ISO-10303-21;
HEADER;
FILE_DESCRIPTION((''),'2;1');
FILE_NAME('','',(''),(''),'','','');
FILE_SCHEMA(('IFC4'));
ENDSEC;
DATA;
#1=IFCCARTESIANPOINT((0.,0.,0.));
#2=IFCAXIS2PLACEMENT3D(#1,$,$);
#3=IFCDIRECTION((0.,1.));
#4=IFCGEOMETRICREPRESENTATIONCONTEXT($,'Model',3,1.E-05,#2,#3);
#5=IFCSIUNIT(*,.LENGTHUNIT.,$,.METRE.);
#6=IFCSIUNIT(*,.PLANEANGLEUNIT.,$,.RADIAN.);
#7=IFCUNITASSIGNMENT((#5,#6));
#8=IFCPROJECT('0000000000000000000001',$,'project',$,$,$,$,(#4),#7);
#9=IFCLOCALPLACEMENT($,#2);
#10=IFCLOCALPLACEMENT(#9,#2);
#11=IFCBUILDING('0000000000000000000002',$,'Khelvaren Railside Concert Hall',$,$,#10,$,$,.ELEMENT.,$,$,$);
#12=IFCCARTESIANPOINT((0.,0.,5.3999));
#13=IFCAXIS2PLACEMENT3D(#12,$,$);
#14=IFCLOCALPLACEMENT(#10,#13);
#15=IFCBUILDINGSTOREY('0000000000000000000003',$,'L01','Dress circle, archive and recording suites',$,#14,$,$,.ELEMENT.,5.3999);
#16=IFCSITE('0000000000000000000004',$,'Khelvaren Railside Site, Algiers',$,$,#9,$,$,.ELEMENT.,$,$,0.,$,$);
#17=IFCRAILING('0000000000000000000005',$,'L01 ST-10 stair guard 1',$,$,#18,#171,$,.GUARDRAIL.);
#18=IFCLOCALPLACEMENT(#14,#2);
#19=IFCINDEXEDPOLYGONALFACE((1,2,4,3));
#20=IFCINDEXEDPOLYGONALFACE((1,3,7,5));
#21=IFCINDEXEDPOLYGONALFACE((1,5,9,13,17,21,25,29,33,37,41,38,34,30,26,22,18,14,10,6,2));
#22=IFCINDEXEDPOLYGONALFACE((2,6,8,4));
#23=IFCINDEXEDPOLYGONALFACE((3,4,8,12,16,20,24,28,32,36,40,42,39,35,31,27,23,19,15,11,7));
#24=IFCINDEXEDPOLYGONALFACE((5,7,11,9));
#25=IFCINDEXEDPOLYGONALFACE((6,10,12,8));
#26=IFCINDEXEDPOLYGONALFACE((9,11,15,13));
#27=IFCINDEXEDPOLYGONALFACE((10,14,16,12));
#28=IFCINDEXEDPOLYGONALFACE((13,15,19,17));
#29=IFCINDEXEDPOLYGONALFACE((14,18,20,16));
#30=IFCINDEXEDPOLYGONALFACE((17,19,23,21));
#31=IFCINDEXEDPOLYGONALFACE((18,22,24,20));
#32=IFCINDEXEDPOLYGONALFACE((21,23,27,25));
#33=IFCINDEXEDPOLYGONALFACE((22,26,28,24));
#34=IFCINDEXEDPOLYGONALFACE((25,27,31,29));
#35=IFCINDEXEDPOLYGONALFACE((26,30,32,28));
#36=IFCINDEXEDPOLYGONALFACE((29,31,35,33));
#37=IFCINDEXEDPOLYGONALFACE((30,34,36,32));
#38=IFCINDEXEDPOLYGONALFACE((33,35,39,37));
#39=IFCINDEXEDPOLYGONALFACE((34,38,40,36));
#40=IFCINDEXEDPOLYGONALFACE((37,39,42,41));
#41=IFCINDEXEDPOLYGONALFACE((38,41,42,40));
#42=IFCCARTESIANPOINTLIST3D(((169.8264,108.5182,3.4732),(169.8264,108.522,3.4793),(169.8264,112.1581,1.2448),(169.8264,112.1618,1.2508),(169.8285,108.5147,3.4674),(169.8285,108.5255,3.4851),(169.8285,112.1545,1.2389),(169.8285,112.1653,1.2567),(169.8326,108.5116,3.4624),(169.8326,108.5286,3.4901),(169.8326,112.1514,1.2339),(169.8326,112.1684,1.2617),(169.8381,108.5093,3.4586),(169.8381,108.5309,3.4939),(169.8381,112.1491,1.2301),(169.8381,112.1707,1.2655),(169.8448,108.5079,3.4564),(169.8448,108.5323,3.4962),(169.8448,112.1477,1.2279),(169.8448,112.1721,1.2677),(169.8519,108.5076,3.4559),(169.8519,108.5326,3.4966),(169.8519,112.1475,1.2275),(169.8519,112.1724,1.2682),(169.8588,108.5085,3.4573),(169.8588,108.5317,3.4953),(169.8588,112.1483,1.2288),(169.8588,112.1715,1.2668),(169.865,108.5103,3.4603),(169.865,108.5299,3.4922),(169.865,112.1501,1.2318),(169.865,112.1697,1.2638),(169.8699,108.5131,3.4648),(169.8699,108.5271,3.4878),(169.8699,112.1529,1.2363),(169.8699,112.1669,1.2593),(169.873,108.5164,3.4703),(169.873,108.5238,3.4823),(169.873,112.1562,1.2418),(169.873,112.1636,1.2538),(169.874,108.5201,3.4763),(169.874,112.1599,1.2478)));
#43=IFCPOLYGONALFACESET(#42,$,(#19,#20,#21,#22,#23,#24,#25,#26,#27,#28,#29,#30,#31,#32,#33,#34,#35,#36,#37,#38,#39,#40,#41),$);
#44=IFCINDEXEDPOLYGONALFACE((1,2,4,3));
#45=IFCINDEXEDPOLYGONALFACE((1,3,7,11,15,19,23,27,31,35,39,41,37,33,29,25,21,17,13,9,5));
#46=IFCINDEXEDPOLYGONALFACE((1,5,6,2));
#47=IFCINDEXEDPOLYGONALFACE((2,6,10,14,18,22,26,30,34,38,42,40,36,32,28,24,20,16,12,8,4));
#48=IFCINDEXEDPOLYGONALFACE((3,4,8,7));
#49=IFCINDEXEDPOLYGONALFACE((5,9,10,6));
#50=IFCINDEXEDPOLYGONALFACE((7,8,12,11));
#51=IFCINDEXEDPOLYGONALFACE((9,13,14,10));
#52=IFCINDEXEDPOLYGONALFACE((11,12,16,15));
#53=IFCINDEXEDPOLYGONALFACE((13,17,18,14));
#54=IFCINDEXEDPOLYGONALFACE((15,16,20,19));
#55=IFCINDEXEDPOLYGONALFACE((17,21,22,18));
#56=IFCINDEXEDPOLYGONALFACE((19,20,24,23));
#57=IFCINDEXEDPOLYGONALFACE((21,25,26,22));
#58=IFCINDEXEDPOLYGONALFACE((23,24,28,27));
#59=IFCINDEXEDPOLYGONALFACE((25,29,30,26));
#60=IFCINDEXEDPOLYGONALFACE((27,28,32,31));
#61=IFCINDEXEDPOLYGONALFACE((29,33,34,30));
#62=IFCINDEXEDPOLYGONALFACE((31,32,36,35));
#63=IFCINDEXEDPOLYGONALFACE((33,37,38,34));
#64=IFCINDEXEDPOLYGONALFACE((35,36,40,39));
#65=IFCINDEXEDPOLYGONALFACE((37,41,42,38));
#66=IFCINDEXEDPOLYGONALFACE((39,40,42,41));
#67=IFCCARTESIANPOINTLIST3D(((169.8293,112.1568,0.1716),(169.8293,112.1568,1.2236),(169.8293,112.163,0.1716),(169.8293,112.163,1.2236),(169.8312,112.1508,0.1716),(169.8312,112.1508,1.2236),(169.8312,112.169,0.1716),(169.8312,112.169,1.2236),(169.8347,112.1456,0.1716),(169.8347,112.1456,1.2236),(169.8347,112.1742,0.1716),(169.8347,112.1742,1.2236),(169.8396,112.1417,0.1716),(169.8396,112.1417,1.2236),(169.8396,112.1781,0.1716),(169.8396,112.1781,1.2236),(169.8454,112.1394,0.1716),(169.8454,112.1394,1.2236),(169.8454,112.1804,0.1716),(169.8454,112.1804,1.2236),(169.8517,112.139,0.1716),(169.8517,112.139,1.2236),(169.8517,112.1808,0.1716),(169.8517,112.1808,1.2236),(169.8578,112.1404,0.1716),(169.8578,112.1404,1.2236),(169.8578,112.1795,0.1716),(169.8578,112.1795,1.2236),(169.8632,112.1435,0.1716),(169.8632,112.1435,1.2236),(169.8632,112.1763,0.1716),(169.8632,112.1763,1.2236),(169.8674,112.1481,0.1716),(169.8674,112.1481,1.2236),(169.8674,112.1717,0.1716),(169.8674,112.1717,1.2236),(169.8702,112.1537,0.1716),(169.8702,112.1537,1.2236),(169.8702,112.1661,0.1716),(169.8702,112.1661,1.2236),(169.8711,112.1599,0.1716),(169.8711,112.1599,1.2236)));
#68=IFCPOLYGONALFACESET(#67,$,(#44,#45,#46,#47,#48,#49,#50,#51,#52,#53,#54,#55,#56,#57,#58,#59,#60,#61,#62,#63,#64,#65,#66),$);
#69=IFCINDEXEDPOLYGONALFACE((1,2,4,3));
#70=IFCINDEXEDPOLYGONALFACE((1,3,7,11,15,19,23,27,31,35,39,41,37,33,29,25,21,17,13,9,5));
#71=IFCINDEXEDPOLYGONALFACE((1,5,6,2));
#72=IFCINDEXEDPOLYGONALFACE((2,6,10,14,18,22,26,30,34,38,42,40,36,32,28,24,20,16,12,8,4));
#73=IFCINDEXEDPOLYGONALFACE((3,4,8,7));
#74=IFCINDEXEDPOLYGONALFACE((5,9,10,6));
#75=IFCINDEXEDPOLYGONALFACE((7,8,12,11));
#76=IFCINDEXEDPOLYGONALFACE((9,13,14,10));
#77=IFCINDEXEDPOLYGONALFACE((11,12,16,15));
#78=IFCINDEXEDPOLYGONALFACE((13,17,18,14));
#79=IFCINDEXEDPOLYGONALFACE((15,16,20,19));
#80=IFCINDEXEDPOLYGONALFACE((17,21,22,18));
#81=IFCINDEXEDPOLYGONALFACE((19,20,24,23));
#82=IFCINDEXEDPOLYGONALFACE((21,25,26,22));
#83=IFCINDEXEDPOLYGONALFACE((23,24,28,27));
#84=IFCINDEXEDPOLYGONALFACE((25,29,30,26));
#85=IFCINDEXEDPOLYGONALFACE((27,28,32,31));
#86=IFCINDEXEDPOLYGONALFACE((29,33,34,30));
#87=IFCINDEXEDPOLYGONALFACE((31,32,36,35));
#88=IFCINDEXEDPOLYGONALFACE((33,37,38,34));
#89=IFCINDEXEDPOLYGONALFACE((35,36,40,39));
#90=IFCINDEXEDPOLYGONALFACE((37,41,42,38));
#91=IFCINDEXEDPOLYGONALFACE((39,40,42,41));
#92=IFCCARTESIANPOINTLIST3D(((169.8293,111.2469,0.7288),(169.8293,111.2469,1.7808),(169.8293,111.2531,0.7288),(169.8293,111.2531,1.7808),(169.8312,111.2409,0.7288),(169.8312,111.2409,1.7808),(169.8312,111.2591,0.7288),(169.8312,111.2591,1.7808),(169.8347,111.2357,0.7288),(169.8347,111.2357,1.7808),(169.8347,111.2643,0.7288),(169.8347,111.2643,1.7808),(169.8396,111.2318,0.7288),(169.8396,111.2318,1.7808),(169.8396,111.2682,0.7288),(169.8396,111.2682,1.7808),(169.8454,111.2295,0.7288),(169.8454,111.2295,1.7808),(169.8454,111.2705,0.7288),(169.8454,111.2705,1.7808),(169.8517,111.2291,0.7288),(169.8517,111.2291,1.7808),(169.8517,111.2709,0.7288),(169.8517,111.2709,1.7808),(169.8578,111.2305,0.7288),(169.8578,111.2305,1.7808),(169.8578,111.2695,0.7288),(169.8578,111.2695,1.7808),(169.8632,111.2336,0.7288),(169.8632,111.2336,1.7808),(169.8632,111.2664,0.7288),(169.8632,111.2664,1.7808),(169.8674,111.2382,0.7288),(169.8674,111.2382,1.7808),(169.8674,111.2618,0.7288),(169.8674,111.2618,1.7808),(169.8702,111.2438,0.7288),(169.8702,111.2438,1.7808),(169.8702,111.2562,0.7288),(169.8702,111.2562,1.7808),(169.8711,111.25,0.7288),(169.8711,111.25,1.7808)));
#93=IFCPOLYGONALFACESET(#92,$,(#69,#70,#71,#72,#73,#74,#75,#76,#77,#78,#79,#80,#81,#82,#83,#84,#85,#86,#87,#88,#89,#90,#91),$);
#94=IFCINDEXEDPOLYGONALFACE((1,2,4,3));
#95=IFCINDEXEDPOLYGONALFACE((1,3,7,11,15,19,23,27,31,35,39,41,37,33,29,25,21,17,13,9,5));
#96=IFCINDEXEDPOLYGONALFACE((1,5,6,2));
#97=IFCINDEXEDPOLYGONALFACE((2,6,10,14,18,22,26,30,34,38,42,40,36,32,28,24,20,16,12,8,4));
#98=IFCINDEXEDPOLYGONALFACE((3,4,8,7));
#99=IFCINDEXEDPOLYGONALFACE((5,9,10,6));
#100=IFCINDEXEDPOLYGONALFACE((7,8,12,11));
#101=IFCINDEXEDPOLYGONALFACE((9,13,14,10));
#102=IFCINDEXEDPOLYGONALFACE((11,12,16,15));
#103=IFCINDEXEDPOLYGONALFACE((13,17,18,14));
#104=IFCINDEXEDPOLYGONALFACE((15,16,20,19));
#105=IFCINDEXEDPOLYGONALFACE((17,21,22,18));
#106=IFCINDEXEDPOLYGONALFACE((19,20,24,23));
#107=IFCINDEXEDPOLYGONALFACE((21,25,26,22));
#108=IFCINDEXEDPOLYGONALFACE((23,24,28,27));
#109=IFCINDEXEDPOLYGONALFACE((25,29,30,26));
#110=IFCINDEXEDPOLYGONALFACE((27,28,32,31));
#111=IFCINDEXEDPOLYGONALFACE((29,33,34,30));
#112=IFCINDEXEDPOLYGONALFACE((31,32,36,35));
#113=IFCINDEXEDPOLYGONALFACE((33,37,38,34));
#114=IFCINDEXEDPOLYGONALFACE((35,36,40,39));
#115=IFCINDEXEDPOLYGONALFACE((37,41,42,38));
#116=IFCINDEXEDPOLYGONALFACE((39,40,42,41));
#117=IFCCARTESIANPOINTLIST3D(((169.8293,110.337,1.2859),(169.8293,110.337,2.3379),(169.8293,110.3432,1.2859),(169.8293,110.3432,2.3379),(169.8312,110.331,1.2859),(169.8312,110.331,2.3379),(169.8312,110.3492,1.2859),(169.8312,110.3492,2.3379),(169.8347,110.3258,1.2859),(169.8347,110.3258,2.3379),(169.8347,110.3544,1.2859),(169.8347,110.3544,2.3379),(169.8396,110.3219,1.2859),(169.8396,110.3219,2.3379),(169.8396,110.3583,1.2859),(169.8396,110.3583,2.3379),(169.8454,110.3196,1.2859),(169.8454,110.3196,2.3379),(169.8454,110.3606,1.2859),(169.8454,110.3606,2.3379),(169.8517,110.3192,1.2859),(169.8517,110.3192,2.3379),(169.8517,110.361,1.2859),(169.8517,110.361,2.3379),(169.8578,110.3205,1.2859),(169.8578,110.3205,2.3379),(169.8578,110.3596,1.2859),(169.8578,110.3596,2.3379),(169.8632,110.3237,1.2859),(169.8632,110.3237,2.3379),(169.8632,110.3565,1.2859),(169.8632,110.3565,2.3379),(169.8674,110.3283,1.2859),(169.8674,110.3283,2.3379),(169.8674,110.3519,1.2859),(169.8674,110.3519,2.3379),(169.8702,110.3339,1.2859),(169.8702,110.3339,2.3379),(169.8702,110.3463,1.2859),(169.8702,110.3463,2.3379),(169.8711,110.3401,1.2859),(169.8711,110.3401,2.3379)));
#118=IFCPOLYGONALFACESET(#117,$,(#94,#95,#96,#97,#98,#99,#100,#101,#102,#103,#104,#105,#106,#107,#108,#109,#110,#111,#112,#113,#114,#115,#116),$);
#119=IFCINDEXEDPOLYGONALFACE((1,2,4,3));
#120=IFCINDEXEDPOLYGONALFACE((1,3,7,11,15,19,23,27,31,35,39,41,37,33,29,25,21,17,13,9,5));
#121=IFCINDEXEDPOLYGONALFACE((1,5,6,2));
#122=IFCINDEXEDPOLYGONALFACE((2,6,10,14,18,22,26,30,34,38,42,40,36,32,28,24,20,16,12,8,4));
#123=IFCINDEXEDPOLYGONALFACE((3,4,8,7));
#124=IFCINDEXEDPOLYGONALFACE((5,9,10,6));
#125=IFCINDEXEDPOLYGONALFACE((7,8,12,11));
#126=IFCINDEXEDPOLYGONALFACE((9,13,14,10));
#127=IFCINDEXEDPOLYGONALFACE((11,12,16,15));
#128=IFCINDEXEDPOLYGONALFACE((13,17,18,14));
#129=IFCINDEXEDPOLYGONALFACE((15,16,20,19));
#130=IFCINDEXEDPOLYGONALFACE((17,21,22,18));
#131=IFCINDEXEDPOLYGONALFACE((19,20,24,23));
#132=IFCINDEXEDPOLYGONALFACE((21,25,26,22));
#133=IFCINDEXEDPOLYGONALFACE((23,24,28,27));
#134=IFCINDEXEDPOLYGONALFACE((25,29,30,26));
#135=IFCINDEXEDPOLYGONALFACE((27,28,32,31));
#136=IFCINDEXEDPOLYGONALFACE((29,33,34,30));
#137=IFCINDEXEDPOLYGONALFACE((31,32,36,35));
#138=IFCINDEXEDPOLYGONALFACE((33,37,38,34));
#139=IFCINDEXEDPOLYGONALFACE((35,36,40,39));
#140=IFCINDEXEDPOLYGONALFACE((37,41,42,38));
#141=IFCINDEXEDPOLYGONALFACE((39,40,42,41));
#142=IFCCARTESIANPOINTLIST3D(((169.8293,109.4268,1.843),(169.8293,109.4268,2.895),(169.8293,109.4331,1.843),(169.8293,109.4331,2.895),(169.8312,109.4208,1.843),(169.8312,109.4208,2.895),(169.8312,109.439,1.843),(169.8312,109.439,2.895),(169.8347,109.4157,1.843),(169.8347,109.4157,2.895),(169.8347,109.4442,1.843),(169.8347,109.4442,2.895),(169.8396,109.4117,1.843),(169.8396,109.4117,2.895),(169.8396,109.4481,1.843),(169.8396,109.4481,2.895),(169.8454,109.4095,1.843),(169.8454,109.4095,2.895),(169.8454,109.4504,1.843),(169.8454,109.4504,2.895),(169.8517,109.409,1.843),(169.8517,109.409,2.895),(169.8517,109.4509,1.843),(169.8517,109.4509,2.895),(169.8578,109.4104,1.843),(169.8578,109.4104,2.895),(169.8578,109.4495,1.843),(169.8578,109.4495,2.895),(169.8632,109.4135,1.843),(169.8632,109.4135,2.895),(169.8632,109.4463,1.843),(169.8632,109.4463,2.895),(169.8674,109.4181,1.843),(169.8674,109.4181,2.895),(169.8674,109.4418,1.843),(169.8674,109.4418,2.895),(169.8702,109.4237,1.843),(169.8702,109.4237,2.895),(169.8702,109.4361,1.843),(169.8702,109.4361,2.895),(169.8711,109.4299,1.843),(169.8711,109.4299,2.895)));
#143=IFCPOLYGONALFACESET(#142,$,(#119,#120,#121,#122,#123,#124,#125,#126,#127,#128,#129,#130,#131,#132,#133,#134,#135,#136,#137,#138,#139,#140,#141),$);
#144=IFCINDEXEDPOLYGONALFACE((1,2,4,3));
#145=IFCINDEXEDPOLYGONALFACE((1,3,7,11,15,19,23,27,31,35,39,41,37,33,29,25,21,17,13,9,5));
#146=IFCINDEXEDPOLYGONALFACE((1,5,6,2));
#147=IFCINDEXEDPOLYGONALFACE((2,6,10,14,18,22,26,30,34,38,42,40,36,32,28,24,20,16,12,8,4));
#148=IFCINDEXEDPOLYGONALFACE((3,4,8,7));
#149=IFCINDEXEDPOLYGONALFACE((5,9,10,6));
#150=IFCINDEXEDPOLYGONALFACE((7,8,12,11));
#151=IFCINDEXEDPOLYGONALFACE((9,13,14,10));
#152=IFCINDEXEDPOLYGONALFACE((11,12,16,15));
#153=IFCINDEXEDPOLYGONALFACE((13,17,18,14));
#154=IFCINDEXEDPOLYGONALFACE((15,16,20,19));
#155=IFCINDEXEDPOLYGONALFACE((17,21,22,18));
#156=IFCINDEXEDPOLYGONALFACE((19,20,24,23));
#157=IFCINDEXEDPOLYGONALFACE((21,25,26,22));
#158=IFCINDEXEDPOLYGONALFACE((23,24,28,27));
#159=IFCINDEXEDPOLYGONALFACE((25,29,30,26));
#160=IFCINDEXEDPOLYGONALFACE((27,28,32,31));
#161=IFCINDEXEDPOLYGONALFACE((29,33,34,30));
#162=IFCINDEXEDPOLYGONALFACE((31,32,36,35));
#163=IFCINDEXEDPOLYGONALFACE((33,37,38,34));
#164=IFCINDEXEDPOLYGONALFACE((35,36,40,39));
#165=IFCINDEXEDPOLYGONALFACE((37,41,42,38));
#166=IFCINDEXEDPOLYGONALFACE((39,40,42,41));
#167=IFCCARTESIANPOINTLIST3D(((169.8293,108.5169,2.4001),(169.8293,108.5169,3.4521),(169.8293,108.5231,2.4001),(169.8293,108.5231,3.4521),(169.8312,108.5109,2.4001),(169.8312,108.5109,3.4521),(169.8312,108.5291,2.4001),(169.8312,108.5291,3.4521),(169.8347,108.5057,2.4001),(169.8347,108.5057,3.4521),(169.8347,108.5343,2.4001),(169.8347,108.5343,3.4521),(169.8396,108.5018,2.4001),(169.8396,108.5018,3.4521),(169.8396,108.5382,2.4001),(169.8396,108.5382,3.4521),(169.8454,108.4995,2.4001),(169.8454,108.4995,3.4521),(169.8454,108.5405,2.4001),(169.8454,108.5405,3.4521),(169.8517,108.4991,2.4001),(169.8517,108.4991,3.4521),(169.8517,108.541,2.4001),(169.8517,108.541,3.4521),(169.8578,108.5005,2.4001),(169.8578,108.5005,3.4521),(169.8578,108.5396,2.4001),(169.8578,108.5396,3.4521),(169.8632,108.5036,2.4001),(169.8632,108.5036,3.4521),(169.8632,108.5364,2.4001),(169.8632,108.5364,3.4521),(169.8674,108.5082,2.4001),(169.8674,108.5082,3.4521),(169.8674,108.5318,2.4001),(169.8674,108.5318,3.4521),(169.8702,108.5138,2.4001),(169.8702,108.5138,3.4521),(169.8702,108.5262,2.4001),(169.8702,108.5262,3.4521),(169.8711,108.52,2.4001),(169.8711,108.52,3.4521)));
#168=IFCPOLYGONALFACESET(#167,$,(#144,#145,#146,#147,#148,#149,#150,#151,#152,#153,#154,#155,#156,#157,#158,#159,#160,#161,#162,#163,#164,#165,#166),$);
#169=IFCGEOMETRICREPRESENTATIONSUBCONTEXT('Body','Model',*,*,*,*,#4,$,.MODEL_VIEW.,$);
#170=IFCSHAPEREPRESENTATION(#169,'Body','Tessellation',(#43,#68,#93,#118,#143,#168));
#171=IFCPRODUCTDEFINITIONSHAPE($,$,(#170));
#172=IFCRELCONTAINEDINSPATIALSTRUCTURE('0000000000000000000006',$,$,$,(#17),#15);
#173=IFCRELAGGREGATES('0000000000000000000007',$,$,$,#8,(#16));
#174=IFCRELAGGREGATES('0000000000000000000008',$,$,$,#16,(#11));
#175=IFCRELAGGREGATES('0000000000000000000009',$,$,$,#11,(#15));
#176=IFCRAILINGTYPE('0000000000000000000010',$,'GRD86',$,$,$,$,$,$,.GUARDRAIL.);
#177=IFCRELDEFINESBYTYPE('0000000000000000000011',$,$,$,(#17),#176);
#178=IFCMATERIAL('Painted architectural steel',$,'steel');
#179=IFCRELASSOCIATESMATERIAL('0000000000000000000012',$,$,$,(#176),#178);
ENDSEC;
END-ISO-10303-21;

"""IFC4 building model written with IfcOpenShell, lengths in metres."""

from ifc_helpers import new_model, si_unit, direction, frame, origin, origin_2d, place, context, subcontext, project, spatial, circle, extrude, material, type_object, element, save


model = new_model("IFC4")

# Units and contexts
model_context = context("Model", 3, precision=1e-05, world=origin(), true_north=direction((0.0, 1.0)))
body_context = subcontext(model_context, "Body", "Model", "MODEL_VIEW")
ifc_project = project(units=[si_unit("LENGTHUNIT", "METRE"), si_unit("PLANEANGLEUNIT", "RADIAN")], contexts=[model_context])

# Site, building, storey
site_placement = place(None, origin())
site = spatial("IfcSite", under=ifc_project, at=site_placement, Name="Khelvaren Railside Site, Algiers", CompositionType="ELEMENT", RefElevation=0.0)
building_placement = place(site_placement, origin())
building = spatial("IfcBuilding", under=site, at=building_placement, Name="Khelvaren Railside Concert Hall", CompositionType="ELEMENT")
storey_placement = place(building_placement, frame((0.0, 0.0, 5.3999)))
storey = spatial("IfcBuildingStorey", under=building, at=storey_placement, Name="L01", Description="Dress circle, archive and recording suites", CompositionType="ELEMENT", Elevation=5.3999)

# Railing
ifc_material_1 = material(Name="Painted architectural steel", Category="steel")
railing_type_1 = type_object("IfcRailingType", Name="GRD86", PredefinedType="GUARDRAIL", material=ifc_material_1)
railing_1_placement = place(storey_placement, frame((169.8501, 112.1599, 0.1716)))
element("IfcRailing", 1, at=railing_1_placement, inside=storey, type_object=railing_type_1, Name="L01 ST-10 stair guard 1", PredefinedType="GUARDRAIL", context=body_context, shape_type="SweptSolid", body=[
    extrude(circle(Radius=0.0239, at=origin_2d()), frame((0.0, 0.0, 1.0762), z_axis=(0.0, -0.85285, 0.522156), x_axis=(1.0, 0.0, 0.0)), (0.0, 0.0, 1.0), 4.2678),
    extrude(circle(Radius=0.021, at=origin_2d()), origin(), (0.0, 0.0, 1.0), 1.052),
    extrude(circle(Radius=0.021, at=origin_2d()), frame((0.0, -0.9099, 0.5571)), (0.0, 0.0, 1.0), 1.052),
    extrude(circle(Radius=0.021, at=origin_2d()), frame((0.0, -1.8198, 1.1143)), (0.0, 0.0, 1.0), 1.052),
    extrude(circle(Radius=0.021, at=origin_2d()), frame((0.0, -2.73, 1.6714)), (0.0, 0.0, 1.0), 1.052),
    extrude(circle(Radius=0.021, at=origin_2d()), frame((0.0, -3.6399, 2.2285)), (0.0, 0.0, 1.0), 1.052),
])

save(model, "model.ifc")
